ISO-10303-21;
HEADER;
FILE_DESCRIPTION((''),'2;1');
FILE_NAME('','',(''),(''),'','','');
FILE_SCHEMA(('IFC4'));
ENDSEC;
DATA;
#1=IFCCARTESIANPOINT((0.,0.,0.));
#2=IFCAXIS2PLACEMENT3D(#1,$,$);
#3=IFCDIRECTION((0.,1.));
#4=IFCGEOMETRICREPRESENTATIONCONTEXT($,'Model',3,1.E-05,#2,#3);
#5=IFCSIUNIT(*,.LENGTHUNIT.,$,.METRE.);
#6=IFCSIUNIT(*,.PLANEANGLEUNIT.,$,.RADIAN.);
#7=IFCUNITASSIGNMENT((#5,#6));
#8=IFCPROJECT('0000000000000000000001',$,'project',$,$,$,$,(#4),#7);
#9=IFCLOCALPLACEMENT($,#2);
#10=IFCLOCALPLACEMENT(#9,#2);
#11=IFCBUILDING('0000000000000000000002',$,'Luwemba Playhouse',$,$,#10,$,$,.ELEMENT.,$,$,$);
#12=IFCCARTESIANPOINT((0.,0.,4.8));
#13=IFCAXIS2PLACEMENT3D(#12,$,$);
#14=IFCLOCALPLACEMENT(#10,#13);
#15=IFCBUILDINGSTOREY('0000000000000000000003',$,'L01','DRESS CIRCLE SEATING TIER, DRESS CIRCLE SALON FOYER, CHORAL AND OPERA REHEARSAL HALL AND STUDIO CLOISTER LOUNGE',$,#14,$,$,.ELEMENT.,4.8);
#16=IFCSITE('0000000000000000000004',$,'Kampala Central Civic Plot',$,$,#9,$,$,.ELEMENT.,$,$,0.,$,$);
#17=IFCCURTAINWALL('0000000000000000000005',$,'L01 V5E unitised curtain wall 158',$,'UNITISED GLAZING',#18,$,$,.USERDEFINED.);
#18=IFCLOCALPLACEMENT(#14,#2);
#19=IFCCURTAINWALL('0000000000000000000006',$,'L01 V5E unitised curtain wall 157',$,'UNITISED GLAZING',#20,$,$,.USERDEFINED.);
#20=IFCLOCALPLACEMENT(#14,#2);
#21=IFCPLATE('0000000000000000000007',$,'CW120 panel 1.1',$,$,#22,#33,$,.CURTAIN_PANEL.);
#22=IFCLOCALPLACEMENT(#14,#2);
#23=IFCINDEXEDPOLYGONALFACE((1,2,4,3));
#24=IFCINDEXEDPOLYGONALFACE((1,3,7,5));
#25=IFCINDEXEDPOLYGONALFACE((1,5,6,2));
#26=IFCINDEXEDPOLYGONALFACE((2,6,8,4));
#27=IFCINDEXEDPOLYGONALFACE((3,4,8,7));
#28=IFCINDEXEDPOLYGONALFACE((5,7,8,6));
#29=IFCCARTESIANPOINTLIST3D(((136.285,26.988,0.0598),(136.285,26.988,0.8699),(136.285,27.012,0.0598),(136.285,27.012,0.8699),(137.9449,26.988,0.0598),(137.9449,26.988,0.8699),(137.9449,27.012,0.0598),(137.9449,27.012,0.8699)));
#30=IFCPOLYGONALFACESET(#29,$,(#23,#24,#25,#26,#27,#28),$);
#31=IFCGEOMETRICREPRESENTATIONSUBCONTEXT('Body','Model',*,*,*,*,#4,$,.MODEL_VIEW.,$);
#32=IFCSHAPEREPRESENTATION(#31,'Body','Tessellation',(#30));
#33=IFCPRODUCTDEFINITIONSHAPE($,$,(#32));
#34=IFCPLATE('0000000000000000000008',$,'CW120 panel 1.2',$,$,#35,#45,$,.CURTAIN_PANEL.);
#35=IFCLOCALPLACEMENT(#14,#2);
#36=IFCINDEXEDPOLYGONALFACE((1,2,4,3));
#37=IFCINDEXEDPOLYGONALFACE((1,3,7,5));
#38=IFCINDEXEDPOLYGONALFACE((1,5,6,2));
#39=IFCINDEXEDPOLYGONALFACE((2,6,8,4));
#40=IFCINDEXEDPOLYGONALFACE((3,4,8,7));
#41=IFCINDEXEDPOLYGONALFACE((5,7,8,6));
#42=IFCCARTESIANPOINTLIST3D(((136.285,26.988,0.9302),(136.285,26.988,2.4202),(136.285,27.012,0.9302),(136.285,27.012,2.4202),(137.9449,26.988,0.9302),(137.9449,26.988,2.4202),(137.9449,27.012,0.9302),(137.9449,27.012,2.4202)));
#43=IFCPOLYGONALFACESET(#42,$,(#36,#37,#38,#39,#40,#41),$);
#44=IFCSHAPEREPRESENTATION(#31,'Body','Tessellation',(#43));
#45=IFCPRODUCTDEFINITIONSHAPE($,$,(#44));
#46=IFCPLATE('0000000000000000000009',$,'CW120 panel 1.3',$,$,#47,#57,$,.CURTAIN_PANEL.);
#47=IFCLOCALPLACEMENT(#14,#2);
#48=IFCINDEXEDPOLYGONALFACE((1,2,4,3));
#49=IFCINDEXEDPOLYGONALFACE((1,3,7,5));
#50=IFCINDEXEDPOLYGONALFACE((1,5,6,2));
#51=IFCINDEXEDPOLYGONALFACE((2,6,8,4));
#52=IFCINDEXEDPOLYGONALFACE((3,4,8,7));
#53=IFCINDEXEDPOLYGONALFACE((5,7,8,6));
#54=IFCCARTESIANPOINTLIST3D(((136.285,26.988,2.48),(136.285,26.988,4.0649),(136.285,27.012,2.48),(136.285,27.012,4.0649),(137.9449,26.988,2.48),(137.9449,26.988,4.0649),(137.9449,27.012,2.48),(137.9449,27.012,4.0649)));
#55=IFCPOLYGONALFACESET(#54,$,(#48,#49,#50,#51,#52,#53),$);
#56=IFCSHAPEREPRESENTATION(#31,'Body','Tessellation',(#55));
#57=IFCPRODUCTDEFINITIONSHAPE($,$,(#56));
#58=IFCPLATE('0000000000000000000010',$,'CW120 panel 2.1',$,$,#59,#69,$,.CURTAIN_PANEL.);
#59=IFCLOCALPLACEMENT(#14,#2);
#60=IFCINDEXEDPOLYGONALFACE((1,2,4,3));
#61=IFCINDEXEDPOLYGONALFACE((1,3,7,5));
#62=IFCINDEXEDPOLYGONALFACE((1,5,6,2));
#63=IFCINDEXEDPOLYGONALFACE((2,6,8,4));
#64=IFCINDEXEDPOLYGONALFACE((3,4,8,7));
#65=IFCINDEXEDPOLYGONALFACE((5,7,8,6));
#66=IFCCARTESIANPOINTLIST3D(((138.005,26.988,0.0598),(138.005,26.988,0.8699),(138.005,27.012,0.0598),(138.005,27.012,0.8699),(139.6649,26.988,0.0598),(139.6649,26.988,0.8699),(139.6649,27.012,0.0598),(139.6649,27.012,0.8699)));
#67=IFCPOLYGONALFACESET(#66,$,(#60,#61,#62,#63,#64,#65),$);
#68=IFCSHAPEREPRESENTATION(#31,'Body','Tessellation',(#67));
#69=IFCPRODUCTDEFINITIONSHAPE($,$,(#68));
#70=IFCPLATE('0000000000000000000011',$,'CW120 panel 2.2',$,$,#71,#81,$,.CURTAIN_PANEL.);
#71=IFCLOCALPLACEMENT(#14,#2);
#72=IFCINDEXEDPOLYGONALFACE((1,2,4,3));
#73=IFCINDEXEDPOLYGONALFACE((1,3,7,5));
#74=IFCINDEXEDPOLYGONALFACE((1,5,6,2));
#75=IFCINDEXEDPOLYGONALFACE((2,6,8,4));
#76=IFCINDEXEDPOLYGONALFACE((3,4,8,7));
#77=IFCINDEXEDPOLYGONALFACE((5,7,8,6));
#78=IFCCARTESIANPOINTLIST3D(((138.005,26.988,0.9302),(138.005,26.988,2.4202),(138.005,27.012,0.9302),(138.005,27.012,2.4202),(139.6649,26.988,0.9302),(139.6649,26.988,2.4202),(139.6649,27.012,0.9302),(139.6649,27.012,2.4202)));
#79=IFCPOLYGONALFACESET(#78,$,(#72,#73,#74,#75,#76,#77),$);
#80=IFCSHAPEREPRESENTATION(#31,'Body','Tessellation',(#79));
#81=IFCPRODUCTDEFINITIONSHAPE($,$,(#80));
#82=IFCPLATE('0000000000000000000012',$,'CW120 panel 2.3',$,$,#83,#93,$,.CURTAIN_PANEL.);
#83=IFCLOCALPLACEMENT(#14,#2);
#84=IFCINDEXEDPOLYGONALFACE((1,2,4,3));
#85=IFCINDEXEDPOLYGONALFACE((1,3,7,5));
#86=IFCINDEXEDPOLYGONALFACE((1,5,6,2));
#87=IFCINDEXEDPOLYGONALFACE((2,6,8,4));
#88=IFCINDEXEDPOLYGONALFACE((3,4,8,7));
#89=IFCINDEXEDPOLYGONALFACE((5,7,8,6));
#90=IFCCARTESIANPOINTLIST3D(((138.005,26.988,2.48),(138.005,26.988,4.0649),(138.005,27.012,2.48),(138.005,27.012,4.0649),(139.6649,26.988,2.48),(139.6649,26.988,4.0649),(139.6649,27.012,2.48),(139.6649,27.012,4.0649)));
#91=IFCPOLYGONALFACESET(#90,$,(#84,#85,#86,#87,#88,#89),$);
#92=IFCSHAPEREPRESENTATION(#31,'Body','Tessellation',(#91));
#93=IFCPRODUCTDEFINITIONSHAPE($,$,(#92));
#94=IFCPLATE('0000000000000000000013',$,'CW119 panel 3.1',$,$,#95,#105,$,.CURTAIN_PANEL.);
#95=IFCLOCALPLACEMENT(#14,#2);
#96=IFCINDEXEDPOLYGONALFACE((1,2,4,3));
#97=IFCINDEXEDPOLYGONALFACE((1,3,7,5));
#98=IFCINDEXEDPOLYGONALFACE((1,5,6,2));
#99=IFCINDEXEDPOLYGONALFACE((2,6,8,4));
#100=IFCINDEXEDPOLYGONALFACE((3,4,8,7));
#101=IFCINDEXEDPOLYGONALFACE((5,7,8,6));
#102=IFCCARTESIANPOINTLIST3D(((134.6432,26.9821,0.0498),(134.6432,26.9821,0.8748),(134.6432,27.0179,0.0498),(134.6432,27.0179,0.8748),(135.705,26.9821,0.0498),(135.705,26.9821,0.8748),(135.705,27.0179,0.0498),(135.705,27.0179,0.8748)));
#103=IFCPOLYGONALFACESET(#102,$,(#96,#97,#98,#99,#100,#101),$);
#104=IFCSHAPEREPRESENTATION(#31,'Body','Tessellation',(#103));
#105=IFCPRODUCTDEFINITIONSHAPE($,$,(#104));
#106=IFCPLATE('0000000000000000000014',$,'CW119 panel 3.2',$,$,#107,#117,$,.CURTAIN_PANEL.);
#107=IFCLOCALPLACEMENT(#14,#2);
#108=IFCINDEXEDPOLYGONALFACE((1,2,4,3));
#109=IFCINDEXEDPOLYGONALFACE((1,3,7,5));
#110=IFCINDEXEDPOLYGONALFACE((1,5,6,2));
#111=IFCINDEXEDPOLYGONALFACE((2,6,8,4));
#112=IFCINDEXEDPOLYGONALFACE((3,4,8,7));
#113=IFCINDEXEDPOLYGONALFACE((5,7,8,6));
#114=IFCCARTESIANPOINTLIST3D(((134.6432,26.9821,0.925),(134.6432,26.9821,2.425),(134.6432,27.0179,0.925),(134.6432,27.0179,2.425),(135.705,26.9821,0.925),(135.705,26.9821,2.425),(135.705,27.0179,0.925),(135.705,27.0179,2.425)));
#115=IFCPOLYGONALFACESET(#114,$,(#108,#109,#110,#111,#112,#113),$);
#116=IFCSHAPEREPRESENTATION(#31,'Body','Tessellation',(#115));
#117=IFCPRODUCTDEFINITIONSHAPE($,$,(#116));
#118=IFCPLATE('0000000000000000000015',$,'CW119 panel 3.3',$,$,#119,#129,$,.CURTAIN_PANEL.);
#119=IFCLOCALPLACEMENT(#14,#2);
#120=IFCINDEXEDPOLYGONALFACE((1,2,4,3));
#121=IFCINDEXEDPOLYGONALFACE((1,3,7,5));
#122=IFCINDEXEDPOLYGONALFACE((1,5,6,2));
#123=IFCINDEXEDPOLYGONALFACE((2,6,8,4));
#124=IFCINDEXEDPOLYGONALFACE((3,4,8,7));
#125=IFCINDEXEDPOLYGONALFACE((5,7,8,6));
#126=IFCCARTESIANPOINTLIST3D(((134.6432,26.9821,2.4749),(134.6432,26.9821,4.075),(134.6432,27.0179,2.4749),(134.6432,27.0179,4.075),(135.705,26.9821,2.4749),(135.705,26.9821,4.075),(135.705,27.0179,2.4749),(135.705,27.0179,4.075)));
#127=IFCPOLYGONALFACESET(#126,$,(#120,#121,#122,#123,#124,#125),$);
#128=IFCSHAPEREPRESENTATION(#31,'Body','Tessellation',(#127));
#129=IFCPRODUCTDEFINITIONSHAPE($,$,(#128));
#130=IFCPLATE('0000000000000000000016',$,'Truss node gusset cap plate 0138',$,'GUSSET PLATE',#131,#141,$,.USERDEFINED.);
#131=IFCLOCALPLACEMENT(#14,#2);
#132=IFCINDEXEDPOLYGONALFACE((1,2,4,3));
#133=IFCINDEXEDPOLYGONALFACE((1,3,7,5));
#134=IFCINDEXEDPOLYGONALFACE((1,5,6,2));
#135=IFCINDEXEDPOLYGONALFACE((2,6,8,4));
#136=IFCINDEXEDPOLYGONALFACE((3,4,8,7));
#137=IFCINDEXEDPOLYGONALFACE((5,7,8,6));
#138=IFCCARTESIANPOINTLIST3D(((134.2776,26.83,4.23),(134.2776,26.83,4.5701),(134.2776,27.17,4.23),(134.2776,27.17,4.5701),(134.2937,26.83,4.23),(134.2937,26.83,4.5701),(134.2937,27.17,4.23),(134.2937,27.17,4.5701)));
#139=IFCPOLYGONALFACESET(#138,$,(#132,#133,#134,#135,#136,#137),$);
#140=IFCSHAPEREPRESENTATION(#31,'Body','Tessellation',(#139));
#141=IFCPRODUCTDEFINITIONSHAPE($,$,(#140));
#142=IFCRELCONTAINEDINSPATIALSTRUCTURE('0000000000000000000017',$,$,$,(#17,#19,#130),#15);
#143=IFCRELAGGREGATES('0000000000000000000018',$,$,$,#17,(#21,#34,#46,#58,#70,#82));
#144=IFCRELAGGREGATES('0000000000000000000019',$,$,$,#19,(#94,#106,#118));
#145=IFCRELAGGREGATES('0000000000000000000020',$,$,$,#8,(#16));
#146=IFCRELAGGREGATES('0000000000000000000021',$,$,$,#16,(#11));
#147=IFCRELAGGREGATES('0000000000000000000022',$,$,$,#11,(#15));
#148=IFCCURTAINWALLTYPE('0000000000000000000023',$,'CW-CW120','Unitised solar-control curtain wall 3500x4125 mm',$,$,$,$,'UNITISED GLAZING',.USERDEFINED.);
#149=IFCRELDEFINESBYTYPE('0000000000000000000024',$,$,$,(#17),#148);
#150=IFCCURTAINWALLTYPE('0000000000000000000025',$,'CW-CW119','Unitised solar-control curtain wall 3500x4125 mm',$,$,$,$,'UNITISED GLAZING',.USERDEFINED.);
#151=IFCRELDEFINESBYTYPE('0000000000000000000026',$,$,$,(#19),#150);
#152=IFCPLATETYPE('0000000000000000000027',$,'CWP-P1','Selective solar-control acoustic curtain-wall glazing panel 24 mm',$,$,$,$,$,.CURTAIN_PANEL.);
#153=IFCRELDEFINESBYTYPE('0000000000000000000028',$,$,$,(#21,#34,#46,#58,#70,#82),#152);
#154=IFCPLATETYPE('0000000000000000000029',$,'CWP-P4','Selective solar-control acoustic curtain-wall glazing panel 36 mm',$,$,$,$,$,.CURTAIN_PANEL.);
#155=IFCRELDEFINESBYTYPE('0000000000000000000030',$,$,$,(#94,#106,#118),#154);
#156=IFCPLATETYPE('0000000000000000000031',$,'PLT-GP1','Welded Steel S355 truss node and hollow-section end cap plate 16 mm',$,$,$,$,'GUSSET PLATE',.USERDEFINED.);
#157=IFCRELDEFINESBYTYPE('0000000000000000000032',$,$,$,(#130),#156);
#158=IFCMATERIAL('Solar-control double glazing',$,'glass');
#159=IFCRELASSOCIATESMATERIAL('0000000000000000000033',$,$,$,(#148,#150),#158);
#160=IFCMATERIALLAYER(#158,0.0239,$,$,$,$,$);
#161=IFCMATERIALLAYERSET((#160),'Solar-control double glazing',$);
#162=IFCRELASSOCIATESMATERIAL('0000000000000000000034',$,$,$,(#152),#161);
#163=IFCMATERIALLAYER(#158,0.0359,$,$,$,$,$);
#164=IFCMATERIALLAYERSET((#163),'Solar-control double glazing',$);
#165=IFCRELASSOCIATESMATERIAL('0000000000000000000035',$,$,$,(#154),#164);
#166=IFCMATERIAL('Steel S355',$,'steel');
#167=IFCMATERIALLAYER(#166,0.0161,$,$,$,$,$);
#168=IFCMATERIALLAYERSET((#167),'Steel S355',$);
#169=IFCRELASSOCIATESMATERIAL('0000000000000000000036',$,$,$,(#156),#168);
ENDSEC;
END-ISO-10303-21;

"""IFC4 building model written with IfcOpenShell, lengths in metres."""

from ifc_helpers import new_model, si_unit, direction, frame, origin, origin_2d, place, context, subcontext, project, spatial, rectangle, extrude, material, layer, layer_set, type_object, element, aggregate, save


model = new_model("IFC4")

# Units and contexts
model_context = context("Model", 3, precision=1e-05, world=origin(), true_north=direction((0.0, 1.0)))
body_context = subcontext(model_context, "Body", "Model", "MODEL_VIEW")
ifc_project = project(units=[si_unit("LENGTHUNIT", "METRE"), si_unit("PLANEANGLEUNIT", "RADIAN")], contexts=[model_context])

# Site, building, storey
site_placement = place(None, origin())
site = spatial("IfcSite", under=ifc_project, at=site_placement, Name="Kampala Central Civic Plot", CompositionType="ELEMENT", RefElevation=0.0)
building_placement = place(site_placement, origin())
building = spatial("IfcBuilding", under=site, at=building_placement, Name="Luwemba Playhouse", CompositionType="ELEMENT")
storey_placement = place(building_placement, frame((0.0, 0.0, 4.8)))
storey = spatial("IfcBuildingStorey", under=building, at=storey_placement, Name="L01", Description="DRESS CIRCLE SEATING TIER, DRESS CIRCLE SALON FOYER, CHORAL AND OPERA REHEARSAL HALL AND STUDIO CLOISTER LOUNGE", CompositionType="ELEMENT", Elevation=4.8)

# Shared definitions
ifc_material_1 = material(Name="Steel S355", Category="steel")

# Curtain walls
ifc_material_2 = material(Name="Solar-control double glazing", Category="glass")
curtain_wall_type_1 = type_object("IfcCurtainWallType", Name="CW-CW120", Description="Unitised solar-control curtain wall 3500x4125 mm", ElementType="UNITISED GLAZING", PredefinedType="USERDEFINED", material=ifc_material_2)
curtain_wall_1_placement = place(storey_placement, origin())
curtain_wall_1 = element("IfcCurtainWall", 1, at=curtain_wall_1_placement, inside=storey, type_object=curtain_wall_type_1, Name="L01 V5E unitised curtain wall 158", ObjectType="UNITISED GLAZING", PredefinedType="USERDEFINED")
curtain_wall_type_2 = type_object("IfcCurtainWallType", Name="CW-CW119", Description="Unitised solar-control curtain wall 3500x4125 mm", ElementType="UNITISED GLAZING", PredefinedType="USERDEFINED", material=ifc_material_2)
curtain_wall_2_placement = place(storey_placement, origin())
curtain_wall_2 = element("IfcCurtainWall", 2, at=curtain_wall_2_placement, inside=storey, type_object=curtain_wall_type_2, Name="L01 V5E unitised curtain wall 157", ObjectType="UNITISED GLAZING", PredefinedType="USERDEFINED")

# Plates
ifc_layer_1 = layer(ifc_material_2, 0.0239)
ifc_layer_set_1 = layer_set([ifc_layer_1], Name="Solar-control double glazing")
plate_type_1 = type_object("IfcPlateType", Name="CWP-P1", Description="Selective solar-control acoustic curtain-wall glazing panel 24 mm", PredefinedType="CURTAIN_PANEL", material=ifc_layer_set_1)
plate_1_placement = place(storey_placement, frame((137.115, 27.0, 0.0598), z_axis=(0.0, 0.0, 1.0), x_axis=(1.0, 0.0, 0.0)))
plate_1 = element("IfcPlate", 3, at=plate_1_placement, type_object=plate_type_1, Name="CW120 panel 1.1", PredefinedType="CURTAIN_PANEL", context=body_context, shape_type="SweptSolid", body=[
    extrude(rectangle(XDim=1.6599, YDim=0.0239, at=origin_2d()), origin(), (0.0, 0.0, 1.0), 0.8101),
])
plate_2_placement = place(storey_placement, frame((137.115, 27.0, 0.9302), z_axis=(0.0, 0.0, 1.0), x_axis=(1.0, 0.0, 0.0)))
plate_2 = element("IfcPlate", 4, at=plate_2_placement, type_object=plate_type_1, Name="CW120 panel 1.2", PredefinedType="CURTAIN_PANEL", context=body_context, shape_type="SweptSolid", body=[
    extrude(rectangle(XDim=1.6599, YDim=0.0239, at=origin_2d()), origin(), (0.0, 0.0, 1.0), 1.49),
])
plate_3_placement = place(storey_placement, frame((137.115, 27.0, 2.48), z_axis=(0.0, 0.0, 1.0), x_axis=(1.0, 0.0, 0.0)))
plate_3 = element("IfcPlate", 5, at=plate_3_placement, type_object=plate_type_1, Name="CW120 panel 1.3", PredefinedType="CURTAIN_PANEL", context=body_context, shape_type="SweptSolid", body=[
    extrude(rectangle(XDim=1.6599, YDim=0.0239, at=origin_2d()), origin(), (0.0, 0.0, 1.0), 1.585),
])
plate_4_placement = place(storey_placement, frame((138.835, 27.0, 0.0598), z_axis=(0.0, 0.0, 1.0), x_axis=(1.0, 0.0, 0.0)))
plate_4 = element("IfcPlate", 6, at=plate_4_placement, type_object=plate_type_1, Name="CW120 panel 2.1", PredefinedType="CURTAIN_PANEL", context=body_context, shape_type="SweptSolid", body=[
    extrude(rectangle(XDim=1.6599, YDim=0.0239, at=origin_2d()), origin(), (0.0, 0.0, 1.0), 0.8101),
])
plate_5_placement = place(storey_placement, frame((138.835, 27.0, 0.9302), z_axis=(0.0, 0.0, 1.0), x_axis=(1.0, 0.0, 0.0)))
plate_5 = element("IfcPlate", 7, at=plate_5_placement, type_object=plate_type_1, Name="CW120 panel 2.2", PredefinedType="CURTAIN_PANEL", context=body_context, shape_type="SweptSolid", body=[
    extrude(rectangle(XDim=1.6599, YDim=0.0239, at=origin_2d()), origin(), (0.0, 0.0, 1.0), 1.49),
])
plate_6_placement = place(storey_placement, frame((138.835, 27.0, 2.48), z_axis=(0.0, 0.0, 1.0), x_axis=(1.0, 0.0, 0.0)))
plate_6 = element("IfcPlate", 8, at=plate_6_placement, type_object=plate_type_1, Name="CW120 panel 2.3", PredefinedType="CURTAIN_PANEL", context=body_context, shape_type="SweptSolid", body=[
    extrude(rectangle(XDim=1.6599, YDim=0.0239, at=origin_2d()), origin(), (0.0, 0.0, 1.0), 1.585),
])
aggregate(curtain_wall_1, [plate_1, plate_2, plate_3, plate_4, plate_5, plate_6])
ifc_layer_2 = layer(ifc_material_2, 0.0359)
ifc_layer_set_2 = layer_set([ifc_layer_2], Name="Solar-control double glazing")
plate_type_2 = type_object("IfcPlateType", Name="CWP-P4", Description="Selective solar-control acoustic curtain-wall glazing panel 36 mm", PredefinedType="CURTAIN_PANEL", material=ifc_layer_set_2)
plate_7_placement = place(storey_placement, frame((135.1741, 27.0, 0.0498), z_axis=(0.0, 0.0, 1.0), x_axis=(1.0, 0.0, 0.0)))
plate_7 = element("IfcPlate", 9, at=plate_7_placement, type_object=plate_type_2, Name="CW119 panel 3.1", PredefinedType="CURTAIN_PANEL", context=body_context, shape_type="SweptSolid", body=[
    extrude(rectangle(XDim=1.0618, YDim=0.0359, at=origin_2d()), origin(), (0.0, 0.0, 1.0), 0.825),
])
plate_8_placement = place(storey_placement, frame((135.1741, 27.0, 0.925), z_axis=(0.0, 0.0, 1.0), x_axis=(1.0, 0.0, 0.0)))
plate_8 = element("IfcPlate", 10, at=plate_8_placement, type_object=plate_type_2, Name="CW119 panel 3.2", PredefinedType="CURTAIN_PANEL", context=body_context, shape_type="SweptSolid", body=[
    extrude(rectangle(XDim=1.0618, YDim=0.0359, at=origin_2d()), origin(), (0.0, 0.0, 1.0), 1.5),
])
plate_9_placement = place(storey_placement, frame((135.1741, 27.0, 2.4749), z_axis=(0.0, 0.0, 1.0), x_axis=(1.0, 0.0, 0.0)))
plate_9 = element("IfcPlate", 11, at=plate_9_placement, type_object=plate_type_2, Name="CW119 panel 3.3", PredefinedType="CURTAIN_PANEL", context=body_context, shape_type="SweptSolid", body=[
    extrude(rectangle(XDim=1.0618, YDim=0.0359, at=origin_2d()), origin(), (0.0, 0.0, 1.0), 1.6001),
])
aggregate(curtain_wall_2, [plate_7, plate_8, plate_9])
ifc_layer_3 = layer(ifc_material_1, 0.0161)
ifc_layer_set_3 = layer_set([ifc_layer_3], Name="Steel S355")
plate_type_3 = type_object("IfcPlateType", Name="PLT-GP1", Description="Welded Steel S355 truss node and hollow-section end cap plate 16 mm", ElementType="GUSSET PLATE", PredefinedType="USERDEFINED", material=ifc_layer_set_3)
plate_10_placement = place(storey_placement, frame((134.2856, 27.0, 4.23), z_axis=(0.0, 0.0, 1.0), x_axis=(1.0, 0.0, 0.0)))
element("IfcPlate", 12, at=plate_10_placement, inside=storey, type_object=plate_type_3, Name="Truss node gusset cap plate 0138", ObjectType="GUSSET PLATE", PredefinedType="USERDEFINED", context=body_context, shape_type="SweptSolid", body=[
    extrude(rectangle(XDim=0.0161, YDim=0.3401, at=origin_2d()), origin(), (0.0, 0.0, 1.0), 0.3401),
])

save(model, "model.ifc")
